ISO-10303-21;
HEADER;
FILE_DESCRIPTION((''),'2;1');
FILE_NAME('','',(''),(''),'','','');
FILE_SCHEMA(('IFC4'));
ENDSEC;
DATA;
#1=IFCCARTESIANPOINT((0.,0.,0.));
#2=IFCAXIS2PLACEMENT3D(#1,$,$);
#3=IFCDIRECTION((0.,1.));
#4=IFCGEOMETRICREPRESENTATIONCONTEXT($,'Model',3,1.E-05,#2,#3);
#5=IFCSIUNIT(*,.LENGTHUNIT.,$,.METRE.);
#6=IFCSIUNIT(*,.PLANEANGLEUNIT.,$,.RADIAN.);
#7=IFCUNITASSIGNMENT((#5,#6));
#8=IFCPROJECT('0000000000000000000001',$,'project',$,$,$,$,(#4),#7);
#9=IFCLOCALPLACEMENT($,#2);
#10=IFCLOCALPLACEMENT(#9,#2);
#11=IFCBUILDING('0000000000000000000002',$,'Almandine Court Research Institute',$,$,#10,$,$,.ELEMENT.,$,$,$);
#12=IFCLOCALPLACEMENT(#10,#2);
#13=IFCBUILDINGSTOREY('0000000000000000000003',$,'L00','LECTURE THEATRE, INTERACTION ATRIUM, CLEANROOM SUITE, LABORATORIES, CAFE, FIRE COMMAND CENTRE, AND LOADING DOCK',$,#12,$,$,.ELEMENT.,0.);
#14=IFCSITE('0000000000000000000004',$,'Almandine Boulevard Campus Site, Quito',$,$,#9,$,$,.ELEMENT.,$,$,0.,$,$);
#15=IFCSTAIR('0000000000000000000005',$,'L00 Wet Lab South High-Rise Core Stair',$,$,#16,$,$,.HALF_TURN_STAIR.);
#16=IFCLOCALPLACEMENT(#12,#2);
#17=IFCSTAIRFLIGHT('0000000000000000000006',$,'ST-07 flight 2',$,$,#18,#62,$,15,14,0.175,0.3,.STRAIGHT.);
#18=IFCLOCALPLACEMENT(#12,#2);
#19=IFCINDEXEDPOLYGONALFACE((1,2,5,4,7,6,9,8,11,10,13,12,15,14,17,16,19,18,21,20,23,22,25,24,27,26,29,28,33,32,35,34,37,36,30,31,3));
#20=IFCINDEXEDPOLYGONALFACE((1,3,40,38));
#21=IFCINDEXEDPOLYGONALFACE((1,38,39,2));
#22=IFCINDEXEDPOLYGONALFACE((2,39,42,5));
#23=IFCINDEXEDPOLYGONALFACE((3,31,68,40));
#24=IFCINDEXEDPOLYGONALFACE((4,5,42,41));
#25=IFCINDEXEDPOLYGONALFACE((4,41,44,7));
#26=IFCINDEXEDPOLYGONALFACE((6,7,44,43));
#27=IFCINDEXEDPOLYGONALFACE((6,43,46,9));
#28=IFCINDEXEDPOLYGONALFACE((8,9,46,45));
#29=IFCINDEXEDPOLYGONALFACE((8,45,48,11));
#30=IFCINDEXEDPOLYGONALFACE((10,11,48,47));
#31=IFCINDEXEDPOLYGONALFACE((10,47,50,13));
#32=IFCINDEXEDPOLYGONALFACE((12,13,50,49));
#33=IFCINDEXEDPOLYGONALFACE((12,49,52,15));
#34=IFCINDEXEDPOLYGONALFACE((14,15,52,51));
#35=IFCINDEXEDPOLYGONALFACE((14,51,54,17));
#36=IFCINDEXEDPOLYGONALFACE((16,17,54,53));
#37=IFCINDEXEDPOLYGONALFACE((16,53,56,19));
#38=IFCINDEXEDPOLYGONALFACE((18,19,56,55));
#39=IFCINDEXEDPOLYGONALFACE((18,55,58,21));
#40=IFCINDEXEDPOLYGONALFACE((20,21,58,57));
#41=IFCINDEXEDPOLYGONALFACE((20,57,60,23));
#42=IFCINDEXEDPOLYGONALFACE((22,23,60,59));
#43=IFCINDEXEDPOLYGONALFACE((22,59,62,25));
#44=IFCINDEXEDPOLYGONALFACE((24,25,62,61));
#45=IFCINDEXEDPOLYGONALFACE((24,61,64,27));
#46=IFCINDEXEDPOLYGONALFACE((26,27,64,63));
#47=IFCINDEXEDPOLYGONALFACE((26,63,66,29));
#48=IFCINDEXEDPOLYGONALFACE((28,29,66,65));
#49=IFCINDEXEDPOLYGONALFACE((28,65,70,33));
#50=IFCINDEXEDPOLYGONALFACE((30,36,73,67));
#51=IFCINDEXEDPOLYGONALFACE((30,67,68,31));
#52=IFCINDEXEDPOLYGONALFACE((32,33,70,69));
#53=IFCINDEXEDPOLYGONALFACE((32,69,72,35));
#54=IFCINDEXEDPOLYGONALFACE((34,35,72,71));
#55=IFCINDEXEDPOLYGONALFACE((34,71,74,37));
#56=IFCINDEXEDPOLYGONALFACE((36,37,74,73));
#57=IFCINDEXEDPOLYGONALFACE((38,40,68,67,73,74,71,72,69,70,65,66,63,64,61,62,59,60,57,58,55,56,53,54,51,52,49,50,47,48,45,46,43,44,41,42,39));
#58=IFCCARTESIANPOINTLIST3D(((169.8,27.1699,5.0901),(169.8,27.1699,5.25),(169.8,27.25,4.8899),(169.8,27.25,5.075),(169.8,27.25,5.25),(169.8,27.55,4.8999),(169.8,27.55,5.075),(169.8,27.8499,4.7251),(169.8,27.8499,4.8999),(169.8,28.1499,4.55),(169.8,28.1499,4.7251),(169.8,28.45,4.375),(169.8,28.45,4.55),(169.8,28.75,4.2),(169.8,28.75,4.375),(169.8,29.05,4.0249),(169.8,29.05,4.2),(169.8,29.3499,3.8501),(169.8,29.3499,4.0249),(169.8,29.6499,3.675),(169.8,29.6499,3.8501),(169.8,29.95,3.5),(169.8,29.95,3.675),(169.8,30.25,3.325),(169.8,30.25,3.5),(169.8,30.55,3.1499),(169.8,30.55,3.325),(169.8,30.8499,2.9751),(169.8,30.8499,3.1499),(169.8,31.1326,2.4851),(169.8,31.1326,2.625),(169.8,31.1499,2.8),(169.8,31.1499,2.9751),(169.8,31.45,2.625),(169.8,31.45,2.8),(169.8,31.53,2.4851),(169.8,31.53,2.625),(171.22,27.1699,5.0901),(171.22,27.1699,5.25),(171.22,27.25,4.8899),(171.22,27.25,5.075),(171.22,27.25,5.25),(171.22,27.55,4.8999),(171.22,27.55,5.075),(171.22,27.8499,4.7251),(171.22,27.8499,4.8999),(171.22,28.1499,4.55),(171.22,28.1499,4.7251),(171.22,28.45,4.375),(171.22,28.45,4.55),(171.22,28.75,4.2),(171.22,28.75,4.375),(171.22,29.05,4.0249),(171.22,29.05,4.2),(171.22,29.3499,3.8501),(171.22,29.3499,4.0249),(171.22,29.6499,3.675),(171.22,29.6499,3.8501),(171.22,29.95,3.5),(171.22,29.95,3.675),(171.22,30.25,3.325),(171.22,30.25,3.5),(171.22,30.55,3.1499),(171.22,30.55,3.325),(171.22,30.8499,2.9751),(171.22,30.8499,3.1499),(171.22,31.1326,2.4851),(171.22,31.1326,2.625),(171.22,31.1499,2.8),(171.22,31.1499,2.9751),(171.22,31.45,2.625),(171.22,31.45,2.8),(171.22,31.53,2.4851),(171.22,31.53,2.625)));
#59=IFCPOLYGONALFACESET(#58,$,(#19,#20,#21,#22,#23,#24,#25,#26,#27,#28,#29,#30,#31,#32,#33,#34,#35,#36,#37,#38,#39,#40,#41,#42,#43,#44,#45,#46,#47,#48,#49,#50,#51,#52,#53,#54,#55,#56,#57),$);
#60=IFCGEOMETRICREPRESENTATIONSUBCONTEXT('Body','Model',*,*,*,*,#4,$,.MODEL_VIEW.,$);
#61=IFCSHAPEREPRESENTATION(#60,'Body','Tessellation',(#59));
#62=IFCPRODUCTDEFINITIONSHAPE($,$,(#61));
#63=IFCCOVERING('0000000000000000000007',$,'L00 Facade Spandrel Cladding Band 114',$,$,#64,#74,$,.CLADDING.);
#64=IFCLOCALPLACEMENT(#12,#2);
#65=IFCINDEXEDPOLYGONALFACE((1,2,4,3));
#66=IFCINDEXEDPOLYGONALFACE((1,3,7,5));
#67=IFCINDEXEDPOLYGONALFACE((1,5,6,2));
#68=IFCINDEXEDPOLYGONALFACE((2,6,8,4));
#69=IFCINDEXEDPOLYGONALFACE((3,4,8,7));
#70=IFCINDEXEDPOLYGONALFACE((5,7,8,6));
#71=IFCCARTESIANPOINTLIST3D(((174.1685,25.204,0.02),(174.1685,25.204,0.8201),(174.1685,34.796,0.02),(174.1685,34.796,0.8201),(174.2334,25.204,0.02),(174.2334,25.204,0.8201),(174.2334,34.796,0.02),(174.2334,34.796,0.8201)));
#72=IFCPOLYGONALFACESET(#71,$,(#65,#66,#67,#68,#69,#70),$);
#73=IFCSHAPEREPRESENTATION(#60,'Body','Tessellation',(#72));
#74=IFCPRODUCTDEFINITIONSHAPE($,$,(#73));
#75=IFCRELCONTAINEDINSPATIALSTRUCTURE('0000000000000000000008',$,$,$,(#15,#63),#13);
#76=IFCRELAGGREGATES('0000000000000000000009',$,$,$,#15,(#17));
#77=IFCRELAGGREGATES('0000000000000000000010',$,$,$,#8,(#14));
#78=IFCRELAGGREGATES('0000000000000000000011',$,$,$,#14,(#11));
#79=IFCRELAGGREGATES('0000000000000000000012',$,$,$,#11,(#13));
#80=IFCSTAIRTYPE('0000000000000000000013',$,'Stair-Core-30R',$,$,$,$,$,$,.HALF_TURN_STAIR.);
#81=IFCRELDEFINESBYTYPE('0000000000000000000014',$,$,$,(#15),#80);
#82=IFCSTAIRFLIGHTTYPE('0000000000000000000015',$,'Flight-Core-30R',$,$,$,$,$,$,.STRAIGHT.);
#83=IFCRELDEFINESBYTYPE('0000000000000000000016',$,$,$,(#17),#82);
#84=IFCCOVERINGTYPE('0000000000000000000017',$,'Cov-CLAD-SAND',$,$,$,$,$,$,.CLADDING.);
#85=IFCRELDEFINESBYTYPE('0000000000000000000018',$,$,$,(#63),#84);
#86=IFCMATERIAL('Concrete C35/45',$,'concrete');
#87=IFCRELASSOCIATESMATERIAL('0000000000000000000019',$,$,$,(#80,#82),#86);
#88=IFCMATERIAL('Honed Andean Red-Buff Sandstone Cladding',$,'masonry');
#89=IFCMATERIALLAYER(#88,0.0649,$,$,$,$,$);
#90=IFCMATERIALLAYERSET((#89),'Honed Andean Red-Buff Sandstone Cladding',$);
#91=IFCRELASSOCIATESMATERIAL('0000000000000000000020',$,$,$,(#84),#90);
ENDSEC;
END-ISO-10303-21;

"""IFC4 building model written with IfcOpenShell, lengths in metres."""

from ifc_helpers import new_model, si_unit, direction, frame, origin, origin_2d, place, context, subcontext, project, spatial, polyline, rectangle, outline, extrude, material, layer, layer_set, type_object, element, aggregate, save


model = new_model("IFC4")

# Units and contexts
model_context = context("Model", 3, precision=1e-05, world=origin(), true_north=direction((0.0, 1.0)))
body_context = subcontext(model_context, "Body", "Model", "MODEL_VIEW")
ifc_project = project(units=[si_unit("LENGTHUNIT", "METRE"), si_unit("PLANEANGLEUNIT", "RADIAN")], contexts=[model_context])

# Site, building, storey
site_placement = place(None, origin())
site = spatial("IfcSite", under=ifc_project, at=site_placement, Name="Almandine Boulevard Campus Site, Quito", CompositionType="ELEMENT", RefElevation=0.0)
building_placement = place(site_placement, origin())
building = spatial("IfcBuilding", under=site, at=building_placement, Name="Almandine Court Research Institute", CompositionType="ELEMENT")
storey_placement = place(building_placement, origin())
storey = spatial("IfcBuildingStorey", under=building, at=storey_placement, Name="L00", Description="LECTURE THEATRE, INTERACTION ATRIUM, CLEANROOM SUITE, LABORATORIES, CAFE, FIRE COMMAND CENTRE, AND LOADING DOCK", CompositionType="ELEMENT", Elevation=0.0)

# Stair, stair flight
ifc_material_1 = material(Name="Concrete C35/45", Category="concrete")
stair_type = type_object("IfcStairType", Name="Stair-Core-30R", PredefinedType="HALF_TURN_STAIR", material=ifc_material_1)
stair_placement = place(storey_placement, origin())
stair = element("IfcStair", 1, at=stair_placement, inside=storey, type_object=stair_type, Name="L00 Wet Lab South High-Rise Core Stair", PredefinedType="HALF_TURN_STAIR")
stair_flight_type = type_object("IfcStairFlightType", Name="Flight-Core-30R", PredefinedType="STRAIGHT", material=ifc_material_1)
stair_flight_1_placement = place(storey_placement, frame((170.51, 31.45, 2.625), z_axis=(0.0, 0.0, 1.0), x_axis=(0.0, -1.0, 0.0)))
stair_flight_1 = element("IfcStairFlight", 2, at=stair_flight_1_placement, type_object=stair_flight_type, Name="ST-07 flight 2", NumberOfRisers=15, NumberOfTreads=14, PredefinedType="STRAIGHT", RiserHeight=0.175, TreadLength=0.3, context=body_context, shape_type="SweptSolid", body=[
    extrude(outline(polyline([(-0.0801, -0.1399), (-0.0801, 0.0), (0.0, 0.0), (0.0, 0.175), (0.3, 0.175), (0.3, 0.3501), (0.6001, 0.3501), (0.6001, 0.5249), (0.8999, 0.5249), (0.8999, 0.7), (1.2, 0.7), (1.2, 0.875), (1.5, 0.875), (1.5, 1.05), (1.8, 1.05), (1.8, 1.2251), (2.1001, 1.2251), (2.1001, 1.3999), (2.3999, 1.3999), (2.3999, 1.575), (2.7, 1.575), (2.7, 1.75), (3.0, 1.75), (3.0, 1.925), (3.3, 1.925), (3.3, 2.1001), (3.6001, 2.1001), (3.6001, 2.2749), (3.8999, 2.2749), (3.8999, 2.45), (4.2, 2.45), (4.2, 2.625), (4.28, 2.625), (4.28, 2.4651), (4.2, 2.2649), (0.3174, 0.0), (0.3174, -0.1399), (-0.0801, -0.1399)])), frame((0.0, 0.71, 0.0), z_axis=(0.0, -1.0, 0.0), x_axis=(1.0, 0.0, 0.0)), (0.0, 0.0, 1.0), 1.4199),
])
aggregate(stair, [stair_flight_1])

# Covering
ifc_material_2 = material(Name="Honed Andean Red-Buff Sandstone Cladding", Category="masonry")
ifc_layer_1 = layer(ifc_material_2, 0.0649)
ifc_layer_set_1 = layer_set([ifc_layer_1], Name="Honed Andean Red-Buff Sandstone Cladding")
covering_type = type_object("IfcCoveringType", Name="Cov-CLAD-SAND", PredefinedType="CLADDING", material=ifc_layer_set_1)
covering_placement = place(storey_placement, frame((174.2009, 30.0, 0.02), z_axis=(0.0, 0.0, 1.0), x_axis=(0.0, -1.0, 0.0)))
element("IfcCovering", 3, at=covering_placement, inside=storey, type_object=covering_type, Name="L00 Facade Spandrel Cladding Band 114", PredefinedType="CLADDING", context=body_context, shape_type="SweptSolid", body=[
    extrude(rectangle(XDim=9.592, YDim=0.0649, at=origin_2d()), origin(), (0.0, 0.0, 1.0), 0.8),
])

save(model, "model.ifc")
